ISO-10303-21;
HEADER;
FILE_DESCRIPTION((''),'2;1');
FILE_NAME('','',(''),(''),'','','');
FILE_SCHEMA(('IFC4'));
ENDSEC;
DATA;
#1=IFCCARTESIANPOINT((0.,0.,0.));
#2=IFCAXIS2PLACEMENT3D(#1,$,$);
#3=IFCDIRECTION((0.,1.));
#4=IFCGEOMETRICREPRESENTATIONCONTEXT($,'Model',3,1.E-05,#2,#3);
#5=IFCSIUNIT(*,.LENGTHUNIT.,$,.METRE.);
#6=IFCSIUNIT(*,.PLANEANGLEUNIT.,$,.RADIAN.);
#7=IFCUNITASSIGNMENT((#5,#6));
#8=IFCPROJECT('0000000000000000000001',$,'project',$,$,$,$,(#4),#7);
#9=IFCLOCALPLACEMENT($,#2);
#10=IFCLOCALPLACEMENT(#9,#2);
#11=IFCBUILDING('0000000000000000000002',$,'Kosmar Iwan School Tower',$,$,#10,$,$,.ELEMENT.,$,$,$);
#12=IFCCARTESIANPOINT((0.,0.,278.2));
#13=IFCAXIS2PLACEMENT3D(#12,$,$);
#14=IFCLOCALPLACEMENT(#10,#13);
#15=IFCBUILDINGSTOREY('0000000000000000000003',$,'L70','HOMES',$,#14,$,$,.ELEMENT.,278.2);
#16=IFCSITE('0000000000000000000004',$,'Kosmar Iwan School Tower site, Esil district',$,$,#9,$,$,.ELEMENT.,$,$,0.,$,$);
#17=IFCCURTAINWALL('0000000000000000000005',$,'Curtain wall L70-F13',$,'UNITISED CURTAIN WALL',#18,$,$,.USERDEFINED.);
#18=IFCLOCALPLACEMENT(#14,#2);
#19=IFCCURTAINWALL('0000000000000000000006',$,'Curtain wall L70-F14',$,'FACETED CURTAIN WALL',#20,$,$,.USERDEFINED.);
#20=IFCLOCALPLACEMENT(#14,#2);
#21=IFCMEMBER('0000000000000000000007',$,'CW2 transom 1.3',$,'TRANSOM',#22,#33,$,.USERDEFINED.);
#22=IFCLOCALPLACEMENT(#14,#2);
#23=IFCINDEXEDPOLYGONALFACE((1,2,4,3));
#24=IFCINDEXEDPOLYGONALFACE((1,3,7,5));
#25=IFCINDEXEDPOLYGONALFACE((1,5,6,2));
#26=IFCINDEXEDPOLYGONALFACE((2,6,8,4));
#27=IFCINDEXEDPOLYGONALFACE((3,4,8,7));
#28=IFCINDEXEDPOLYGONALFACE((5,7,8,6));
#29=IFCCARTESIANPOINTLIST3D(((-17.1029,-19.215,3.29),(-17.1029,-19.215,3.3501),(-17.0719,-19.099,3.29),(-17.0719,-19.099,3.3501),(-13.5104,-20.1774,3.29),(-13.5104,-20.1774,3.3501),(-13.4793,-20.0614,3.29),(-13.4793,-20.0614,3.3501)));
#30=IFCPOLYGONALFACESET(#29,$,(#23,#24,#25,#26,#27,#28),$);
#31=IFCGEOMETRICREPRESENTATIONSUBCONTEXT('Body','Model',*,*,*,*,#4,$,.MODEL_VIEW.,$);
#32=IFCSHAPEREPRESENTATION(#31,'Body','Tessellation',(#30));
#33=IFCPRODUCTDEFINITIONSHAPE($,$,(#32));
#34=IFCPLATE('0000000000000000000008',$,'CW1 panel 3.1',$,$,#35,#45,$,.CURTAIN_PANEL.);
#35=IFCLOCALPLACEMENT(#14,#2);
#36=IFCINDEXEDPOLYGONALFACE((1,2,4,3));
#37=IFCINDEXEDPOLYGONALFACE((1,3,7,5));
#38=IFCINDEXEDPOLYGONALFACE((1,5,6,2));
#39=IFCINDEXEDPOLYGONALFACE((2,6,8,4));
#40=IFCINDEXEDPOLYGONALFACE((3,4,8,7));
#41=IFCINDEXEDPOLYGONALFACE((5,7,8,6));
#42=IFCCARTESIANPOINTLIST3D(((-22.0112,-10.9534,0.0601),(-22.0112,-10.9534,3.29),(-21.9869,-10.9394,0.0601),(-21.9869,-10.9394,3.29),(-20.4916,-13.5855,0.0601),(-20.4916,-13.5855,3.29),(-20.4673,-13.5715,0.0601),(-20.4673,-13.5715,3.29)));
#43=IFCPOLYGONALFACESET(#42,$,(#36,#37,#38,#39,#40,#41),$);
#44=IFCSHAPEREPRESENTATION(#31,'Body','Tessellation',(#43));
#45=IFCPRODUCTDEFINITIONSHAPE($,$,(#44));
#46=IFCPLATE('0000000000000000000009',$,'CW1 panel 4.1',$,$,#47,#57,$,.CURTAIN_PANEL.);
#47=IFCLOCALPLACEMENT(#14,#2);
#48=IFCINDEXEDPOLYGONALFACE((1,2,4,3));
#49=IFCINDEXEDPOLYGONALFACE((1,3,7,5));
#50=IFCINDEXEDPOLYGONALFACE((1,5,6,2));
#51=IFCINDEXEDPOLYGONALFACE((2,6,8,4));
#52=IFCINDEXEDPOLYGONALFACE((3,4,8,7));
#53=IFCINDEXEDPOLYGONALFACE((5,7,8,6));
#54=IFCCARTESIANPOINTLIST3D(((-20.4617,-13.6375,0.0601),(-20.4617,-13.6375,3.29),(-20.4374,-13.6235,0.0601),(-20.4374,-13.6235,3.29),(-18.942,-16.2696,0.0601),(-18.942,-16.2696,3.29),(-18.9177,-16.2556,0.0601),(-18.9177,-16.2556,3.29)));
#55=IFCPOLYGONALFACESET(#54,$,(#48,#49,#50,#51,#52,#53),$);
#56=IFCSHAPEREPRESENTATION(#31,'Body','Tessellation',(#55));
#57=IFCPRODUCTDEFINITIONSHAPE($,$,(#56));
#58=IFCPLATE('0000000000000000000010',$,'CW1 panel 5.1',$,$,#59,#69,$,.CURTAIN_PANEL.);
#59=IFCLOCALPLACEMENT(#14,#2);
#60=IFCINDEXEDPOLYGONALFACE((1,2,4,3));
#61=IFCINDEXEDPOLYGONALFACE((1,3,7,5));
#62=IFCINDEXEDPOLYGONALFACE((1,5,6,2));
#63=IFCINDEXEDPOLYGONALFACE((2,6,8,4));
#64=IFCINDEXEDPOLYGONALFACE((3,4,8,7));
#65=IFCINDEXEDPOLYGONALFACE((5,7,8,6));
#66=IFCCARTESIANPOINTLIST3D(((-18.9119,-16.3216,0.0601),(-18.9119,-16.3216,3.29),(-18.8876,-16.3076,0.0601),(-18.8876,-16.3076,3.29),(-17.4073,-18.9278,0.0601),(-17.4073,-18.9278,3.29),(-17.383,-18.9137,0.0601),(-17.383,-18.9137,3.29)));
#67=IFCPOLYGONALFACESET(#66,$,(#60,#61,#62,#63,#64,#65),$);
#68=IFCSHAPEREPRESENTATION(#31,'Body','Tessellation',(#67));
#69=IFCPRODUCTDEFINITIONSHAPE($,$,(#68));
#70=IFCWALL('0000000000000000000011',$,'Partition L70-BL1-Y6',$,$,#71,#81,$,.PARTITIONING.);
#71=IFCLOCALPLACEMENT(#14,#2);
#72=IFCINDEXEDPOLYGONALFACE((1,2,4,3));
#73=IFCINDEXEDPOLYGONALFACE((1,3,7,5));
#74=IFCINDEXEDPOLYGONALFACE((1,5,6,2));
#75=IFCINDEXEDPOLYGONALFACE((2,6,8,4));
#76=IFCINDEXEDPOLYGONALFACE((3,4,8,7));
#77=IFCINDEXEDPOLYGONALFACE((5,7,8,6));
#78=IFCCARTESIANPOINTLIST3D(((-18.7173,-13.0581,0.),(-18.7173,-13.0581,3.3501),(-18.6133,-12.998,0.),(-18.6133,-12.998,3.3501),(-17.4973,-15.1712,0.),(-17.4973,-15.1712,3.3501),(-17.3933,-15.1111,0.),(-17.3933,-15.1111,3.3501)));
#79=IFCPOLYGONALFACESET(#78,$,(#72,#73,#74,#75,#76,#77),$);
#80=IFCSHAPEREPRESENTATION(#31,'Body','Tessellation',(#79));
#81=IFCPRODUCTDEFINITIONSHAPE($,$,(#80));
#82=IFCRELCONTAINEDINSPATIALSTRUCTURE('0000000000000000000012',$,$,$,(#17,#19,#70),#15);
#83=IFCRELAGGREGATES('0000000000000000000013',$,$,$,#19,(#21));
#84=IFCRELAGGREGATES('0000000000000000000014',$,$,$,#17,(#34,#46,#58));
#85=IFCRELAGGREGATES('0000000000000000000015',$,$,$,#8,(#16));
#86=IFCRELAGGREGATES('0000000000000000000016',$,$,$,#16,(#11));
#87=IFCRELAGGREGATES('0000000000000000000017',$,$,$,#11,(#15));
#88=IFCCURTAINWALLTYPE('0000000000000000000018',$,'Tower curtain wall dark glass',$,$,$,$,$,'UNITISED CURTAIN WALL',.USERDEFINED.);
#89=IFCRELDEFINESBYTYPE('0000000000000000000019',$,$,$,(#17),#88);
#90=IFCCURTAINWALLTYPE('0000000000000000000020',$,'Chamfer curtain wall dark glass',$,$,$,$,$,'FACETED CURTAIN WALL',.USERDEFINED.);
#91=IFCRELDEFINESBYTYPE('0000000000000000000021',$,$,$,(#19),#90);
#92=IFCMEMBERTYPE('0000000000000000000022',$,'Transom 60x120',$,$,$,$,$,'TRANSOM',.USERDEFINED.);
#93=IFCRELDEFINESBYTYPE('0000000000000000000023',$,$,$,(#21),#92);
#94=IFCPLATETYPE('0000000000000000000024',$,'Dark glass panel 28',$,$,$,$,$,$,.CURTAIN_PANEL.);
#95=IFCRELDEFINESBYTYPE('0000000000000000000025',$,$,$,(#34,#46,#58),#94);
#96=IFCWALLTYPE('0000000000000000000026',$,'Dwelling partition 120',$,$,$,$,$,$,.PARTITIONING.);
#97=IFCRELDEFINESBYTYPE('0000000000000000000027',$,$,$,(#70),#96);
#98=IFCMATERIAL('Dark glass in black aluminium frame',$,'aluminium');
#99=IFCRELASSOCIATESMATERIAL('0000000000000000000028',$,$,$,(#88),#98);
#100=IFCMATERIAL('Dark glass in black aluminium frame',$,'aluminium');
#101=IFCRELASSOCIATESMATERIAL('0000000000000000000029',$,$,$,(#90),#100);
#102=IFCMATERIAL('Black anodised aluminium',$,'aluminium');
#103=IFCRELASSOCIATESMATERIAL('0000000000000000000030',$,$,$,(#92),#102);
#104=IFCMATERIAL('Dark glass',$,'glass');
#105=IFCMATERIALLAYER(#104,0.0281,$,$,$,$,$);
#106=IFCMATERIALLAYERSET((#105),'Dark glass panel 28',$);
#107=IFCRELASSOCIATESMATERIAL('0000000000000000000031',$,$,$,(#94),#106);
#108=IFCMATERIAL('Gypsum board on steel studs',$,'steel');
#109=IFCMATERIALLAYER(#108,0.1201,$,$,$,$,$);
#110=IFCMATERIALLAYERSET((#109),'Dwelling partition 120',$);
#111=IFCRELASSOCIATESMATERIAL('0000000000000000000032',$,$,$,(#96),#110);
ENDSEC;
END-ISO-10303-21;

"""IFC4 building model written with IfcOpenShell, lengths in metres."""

from ifc_helpers import new_model, si_unit, direction, frame, frame_2d, origin, origin_2d, place, context, subcontext, project, spatial, rectangle, extrude, material, layer, layer_set, material_profile, profile_set, type_object, element, aggregate, save


model = new_model("IFC4")

# Units and contexts
model_context = context("Model", 3, precision=1e-05, world=origin(), true_north=direction((0.0, 1.0)))
body_context = subcontext(model_context, "Body", "Model", "MODEL_VIEW")
ifc_project = project(units=[si_unit("LENGTHUNIT", "METRE"), si_unit("PLANEANGLEUNIT", "RADIAN")], contexts=[model_context])

# Site, building, storey
site_placement = place(None, origin())
site = spatial("IfcSite", under=ifc_project, at=site_placement, Name="Kosmar Iwan School Tower site, Esil district", CompositionType="ELEMENT", RefElevation=0.0)
building_placement = place(site_placement, origin())
building = spatial("IfcBuilding", under=site, at=building_placement, Name="Kosmar Iwan School Tower", CompositionType="ELEMENT")
storey_placement = place(building_placement, frame((0.0, 0.0, 278.2)))
storey = spatial("IfcBuildingStorey", under=building, at=storey_placement, Name="L70", Description="HOMES", CompositionType="ELEMENT", Elevation=278.2)

# Curtain wall
ifc_material_1 = material(Name="Dark glass in black aluminium frame", Category="aluminium")
curtain_wall_type_1 = type_object("IfcCurtainWallType", Name="Tower curtain wall dark glass", ElementType="UNITISED CURTAIN WALL", PredefinedType="USERDEFINED", material=ifc_material_1)
curtain_wall_1_placement = place(storey_placement, origin())
curtain_wall_1 = element("IfcCurtainWall", 1, at=curtain_wall_1_placement, inside=storey, type_object=curtain_wall_type_1, Name="Curtain wall L70-F13", ObjectType="UNITISED CURTAIN WALL", PredefinedType="USERDEFINED")

# Curtain wall
ifc_material_2 = material(Name="Dark glass in black aluminium frame", Category="aluminium")
curtain_wall_type_2 = type_object("IfcCurtainWallType", Name="Chamfer curtain wall dark glass", ElementType="FACETED CURTAIN WALL", PredefinedType="USERDEFINED", material=ifc_material_2)
curtain_wall_2_placement = place(storey_placement, origin())
curtain_wall_2 = element("IfcCurtainWall", 2, at=curtain_wall_2_placement, inside=storey, type_object=curtain_wall_type_2, Name="Curtain wall L70-F14", ObjectType="FACETED CURTAIN WALL", PredefinedType="USERDEFINED")

# Member
ifc_material_3 = material(Name="Black anodised aluminium", Category="aluminium")
ifc_material_profile_1 = material_profile(ifc_material_3, rectangle(XDim=0.1201, YDim=0.0601, at=origin_2d()), Name="TRANSOM 60x120")
ifc_profile_set_1 = profile_set([ifc_material_profile_1], Name="Black anodised aluminium")
member_type_1 = type_object("IfcMemberType", Name="Transom 60x120", ElementType="TRANSOM", PredefinedType="USERDEFINED", material=ifc_profile_set_1)
member_1_placement = place(storey_placement, frame((-17.0874, -19.157, 3.3201), z_axis=(0.96594, -0.258766, 0.0), x_axis=(0.258766, 0.96594, 0.0)))
member_1 = element("IfcMember", 3, at=member_1_placement, type_object=member_type_1, Name="CW2 transom 1.3", ObjectType="TRANSOM", PredefinedType="USERDEFINED", context=body_context, shape_type="SweptSolid", body=[
    extrude(rectangle(XDim=0.1201, YDim=0.0601, at=origin_2d()), origin(), (0.0, 0.0, 1.0), 3.7192),
])
aggregate(curtain_wall_2, [member_1])

# Plates
ifc_material_4 = material(Name="Dark glass", Category="glass")
ifc_layer_1 = layer(ifc_material_4, 0.0281)
ifc_layer_set_1 = layer_set([ifc_layer_1], Name="Dark glass panel 28")
plate_type = type_object("IfcPlateType", Name="Dark glass panel 28", PredefinedType="CURTAIN_PANEL", material=ifc_layer_set_1)
plate_1_placement = place(storey_placement, frame((-21.2393, -12.2625, 0.0601), z_axis=(0.0, 0.0, 1.0), x_axis=(0.5, -0.866025, 0.0)))
plate_1 = element("IfcPlate", 4, at=plate_1_placement, type_object=plate_type, Name="CW1 panel 3.1", PredefinedType="CURTAIN_PANEL", context=body_context, shape_type="SweptSolid", body=[
    extrude(rectangle(XDim=3.0393, YDim=0.0281, at=origin_2d()), origin(), (0.0, 0.0, 1.0), 3.23),
])
plate_2_placement = place(storey_placement, frame((-19.6897, -14.9465, 0.0601), z_axis=(0.0, 0.0, 1.0), x_axis=(0.5, -0.866025, 0.0)))
plate_2 = element("IfcPlate", 5, at=plate_2_placement, type_object=plate_type, Name="CW1 panel 4.1", PredefinedType="CURTAIN_PANEL", context=body_context, shape_type="SweptSolid", body=[
    extrude(rectangle(XDim=3.0393, YDim=0.0281, at=origin_2d()), origin(), (0.0, 0.0, 1.0), 3.23),
])
plate_3_placement = place(storey_placement, frame((-18.1475, -17.6177, 0.0601), z_axis=(0.0, 0.0, 1.0), x_axis=(0.5, -0.866025, 0.0)))
plate_3 = element("IfcPlate", 6, at=plate_3_placement, type_object=plate_type, Name="CW1 panel 5.1", PredefinedType="CURTAIN_PANEL", context=body_context, shape_type="SweptSolid", body=[
    extrude(rectangle(XDim=3.0093, YDim=0.0281, at=origin_2d()), origin(), (0.0, 0.0, 1.0), 3.23),
])
aggregate(curtain_wall_1, [plate_1, plate_2, plate_3])

# Wall
ifc_material_5 = material(Name="Gypsum board on steel studs", Category="steel")
ifc_layer_2 = layer(ifc_material_5, 0.1201)
ifc_layer_set_2 = layer_set([ifc_layer_2], Name="Dwelling partition 120")
wall_type = type_object("IfcWallType", Name="Dwelling partition 120", PredefinedType="PARTITIONING", material=ifc_layer_set_2)
wall_placement = place(storey_placement, frame((-18.6653, -13.0281, 0.0), z_axis=(0.0, 0.0, 1.0), x_axis=(0.500003, -0.866024, 0.0)))
element("IfcWall", 7, at=wall_placement, inside=storey, type_object=wall_type, Name="Partition L70-BL1-Y6", PredefinedType="PARTITIONING", context=body_context, shape_type="SweptSolid", body=[
    extrude(rectangle(XDim=2.4399, YDim=0.1201, at=frame_2d((1.22, 0.0))), origin(), (0.0, 0.0, 1.0), 3.3501),
])

save(model, "model.ifc")
